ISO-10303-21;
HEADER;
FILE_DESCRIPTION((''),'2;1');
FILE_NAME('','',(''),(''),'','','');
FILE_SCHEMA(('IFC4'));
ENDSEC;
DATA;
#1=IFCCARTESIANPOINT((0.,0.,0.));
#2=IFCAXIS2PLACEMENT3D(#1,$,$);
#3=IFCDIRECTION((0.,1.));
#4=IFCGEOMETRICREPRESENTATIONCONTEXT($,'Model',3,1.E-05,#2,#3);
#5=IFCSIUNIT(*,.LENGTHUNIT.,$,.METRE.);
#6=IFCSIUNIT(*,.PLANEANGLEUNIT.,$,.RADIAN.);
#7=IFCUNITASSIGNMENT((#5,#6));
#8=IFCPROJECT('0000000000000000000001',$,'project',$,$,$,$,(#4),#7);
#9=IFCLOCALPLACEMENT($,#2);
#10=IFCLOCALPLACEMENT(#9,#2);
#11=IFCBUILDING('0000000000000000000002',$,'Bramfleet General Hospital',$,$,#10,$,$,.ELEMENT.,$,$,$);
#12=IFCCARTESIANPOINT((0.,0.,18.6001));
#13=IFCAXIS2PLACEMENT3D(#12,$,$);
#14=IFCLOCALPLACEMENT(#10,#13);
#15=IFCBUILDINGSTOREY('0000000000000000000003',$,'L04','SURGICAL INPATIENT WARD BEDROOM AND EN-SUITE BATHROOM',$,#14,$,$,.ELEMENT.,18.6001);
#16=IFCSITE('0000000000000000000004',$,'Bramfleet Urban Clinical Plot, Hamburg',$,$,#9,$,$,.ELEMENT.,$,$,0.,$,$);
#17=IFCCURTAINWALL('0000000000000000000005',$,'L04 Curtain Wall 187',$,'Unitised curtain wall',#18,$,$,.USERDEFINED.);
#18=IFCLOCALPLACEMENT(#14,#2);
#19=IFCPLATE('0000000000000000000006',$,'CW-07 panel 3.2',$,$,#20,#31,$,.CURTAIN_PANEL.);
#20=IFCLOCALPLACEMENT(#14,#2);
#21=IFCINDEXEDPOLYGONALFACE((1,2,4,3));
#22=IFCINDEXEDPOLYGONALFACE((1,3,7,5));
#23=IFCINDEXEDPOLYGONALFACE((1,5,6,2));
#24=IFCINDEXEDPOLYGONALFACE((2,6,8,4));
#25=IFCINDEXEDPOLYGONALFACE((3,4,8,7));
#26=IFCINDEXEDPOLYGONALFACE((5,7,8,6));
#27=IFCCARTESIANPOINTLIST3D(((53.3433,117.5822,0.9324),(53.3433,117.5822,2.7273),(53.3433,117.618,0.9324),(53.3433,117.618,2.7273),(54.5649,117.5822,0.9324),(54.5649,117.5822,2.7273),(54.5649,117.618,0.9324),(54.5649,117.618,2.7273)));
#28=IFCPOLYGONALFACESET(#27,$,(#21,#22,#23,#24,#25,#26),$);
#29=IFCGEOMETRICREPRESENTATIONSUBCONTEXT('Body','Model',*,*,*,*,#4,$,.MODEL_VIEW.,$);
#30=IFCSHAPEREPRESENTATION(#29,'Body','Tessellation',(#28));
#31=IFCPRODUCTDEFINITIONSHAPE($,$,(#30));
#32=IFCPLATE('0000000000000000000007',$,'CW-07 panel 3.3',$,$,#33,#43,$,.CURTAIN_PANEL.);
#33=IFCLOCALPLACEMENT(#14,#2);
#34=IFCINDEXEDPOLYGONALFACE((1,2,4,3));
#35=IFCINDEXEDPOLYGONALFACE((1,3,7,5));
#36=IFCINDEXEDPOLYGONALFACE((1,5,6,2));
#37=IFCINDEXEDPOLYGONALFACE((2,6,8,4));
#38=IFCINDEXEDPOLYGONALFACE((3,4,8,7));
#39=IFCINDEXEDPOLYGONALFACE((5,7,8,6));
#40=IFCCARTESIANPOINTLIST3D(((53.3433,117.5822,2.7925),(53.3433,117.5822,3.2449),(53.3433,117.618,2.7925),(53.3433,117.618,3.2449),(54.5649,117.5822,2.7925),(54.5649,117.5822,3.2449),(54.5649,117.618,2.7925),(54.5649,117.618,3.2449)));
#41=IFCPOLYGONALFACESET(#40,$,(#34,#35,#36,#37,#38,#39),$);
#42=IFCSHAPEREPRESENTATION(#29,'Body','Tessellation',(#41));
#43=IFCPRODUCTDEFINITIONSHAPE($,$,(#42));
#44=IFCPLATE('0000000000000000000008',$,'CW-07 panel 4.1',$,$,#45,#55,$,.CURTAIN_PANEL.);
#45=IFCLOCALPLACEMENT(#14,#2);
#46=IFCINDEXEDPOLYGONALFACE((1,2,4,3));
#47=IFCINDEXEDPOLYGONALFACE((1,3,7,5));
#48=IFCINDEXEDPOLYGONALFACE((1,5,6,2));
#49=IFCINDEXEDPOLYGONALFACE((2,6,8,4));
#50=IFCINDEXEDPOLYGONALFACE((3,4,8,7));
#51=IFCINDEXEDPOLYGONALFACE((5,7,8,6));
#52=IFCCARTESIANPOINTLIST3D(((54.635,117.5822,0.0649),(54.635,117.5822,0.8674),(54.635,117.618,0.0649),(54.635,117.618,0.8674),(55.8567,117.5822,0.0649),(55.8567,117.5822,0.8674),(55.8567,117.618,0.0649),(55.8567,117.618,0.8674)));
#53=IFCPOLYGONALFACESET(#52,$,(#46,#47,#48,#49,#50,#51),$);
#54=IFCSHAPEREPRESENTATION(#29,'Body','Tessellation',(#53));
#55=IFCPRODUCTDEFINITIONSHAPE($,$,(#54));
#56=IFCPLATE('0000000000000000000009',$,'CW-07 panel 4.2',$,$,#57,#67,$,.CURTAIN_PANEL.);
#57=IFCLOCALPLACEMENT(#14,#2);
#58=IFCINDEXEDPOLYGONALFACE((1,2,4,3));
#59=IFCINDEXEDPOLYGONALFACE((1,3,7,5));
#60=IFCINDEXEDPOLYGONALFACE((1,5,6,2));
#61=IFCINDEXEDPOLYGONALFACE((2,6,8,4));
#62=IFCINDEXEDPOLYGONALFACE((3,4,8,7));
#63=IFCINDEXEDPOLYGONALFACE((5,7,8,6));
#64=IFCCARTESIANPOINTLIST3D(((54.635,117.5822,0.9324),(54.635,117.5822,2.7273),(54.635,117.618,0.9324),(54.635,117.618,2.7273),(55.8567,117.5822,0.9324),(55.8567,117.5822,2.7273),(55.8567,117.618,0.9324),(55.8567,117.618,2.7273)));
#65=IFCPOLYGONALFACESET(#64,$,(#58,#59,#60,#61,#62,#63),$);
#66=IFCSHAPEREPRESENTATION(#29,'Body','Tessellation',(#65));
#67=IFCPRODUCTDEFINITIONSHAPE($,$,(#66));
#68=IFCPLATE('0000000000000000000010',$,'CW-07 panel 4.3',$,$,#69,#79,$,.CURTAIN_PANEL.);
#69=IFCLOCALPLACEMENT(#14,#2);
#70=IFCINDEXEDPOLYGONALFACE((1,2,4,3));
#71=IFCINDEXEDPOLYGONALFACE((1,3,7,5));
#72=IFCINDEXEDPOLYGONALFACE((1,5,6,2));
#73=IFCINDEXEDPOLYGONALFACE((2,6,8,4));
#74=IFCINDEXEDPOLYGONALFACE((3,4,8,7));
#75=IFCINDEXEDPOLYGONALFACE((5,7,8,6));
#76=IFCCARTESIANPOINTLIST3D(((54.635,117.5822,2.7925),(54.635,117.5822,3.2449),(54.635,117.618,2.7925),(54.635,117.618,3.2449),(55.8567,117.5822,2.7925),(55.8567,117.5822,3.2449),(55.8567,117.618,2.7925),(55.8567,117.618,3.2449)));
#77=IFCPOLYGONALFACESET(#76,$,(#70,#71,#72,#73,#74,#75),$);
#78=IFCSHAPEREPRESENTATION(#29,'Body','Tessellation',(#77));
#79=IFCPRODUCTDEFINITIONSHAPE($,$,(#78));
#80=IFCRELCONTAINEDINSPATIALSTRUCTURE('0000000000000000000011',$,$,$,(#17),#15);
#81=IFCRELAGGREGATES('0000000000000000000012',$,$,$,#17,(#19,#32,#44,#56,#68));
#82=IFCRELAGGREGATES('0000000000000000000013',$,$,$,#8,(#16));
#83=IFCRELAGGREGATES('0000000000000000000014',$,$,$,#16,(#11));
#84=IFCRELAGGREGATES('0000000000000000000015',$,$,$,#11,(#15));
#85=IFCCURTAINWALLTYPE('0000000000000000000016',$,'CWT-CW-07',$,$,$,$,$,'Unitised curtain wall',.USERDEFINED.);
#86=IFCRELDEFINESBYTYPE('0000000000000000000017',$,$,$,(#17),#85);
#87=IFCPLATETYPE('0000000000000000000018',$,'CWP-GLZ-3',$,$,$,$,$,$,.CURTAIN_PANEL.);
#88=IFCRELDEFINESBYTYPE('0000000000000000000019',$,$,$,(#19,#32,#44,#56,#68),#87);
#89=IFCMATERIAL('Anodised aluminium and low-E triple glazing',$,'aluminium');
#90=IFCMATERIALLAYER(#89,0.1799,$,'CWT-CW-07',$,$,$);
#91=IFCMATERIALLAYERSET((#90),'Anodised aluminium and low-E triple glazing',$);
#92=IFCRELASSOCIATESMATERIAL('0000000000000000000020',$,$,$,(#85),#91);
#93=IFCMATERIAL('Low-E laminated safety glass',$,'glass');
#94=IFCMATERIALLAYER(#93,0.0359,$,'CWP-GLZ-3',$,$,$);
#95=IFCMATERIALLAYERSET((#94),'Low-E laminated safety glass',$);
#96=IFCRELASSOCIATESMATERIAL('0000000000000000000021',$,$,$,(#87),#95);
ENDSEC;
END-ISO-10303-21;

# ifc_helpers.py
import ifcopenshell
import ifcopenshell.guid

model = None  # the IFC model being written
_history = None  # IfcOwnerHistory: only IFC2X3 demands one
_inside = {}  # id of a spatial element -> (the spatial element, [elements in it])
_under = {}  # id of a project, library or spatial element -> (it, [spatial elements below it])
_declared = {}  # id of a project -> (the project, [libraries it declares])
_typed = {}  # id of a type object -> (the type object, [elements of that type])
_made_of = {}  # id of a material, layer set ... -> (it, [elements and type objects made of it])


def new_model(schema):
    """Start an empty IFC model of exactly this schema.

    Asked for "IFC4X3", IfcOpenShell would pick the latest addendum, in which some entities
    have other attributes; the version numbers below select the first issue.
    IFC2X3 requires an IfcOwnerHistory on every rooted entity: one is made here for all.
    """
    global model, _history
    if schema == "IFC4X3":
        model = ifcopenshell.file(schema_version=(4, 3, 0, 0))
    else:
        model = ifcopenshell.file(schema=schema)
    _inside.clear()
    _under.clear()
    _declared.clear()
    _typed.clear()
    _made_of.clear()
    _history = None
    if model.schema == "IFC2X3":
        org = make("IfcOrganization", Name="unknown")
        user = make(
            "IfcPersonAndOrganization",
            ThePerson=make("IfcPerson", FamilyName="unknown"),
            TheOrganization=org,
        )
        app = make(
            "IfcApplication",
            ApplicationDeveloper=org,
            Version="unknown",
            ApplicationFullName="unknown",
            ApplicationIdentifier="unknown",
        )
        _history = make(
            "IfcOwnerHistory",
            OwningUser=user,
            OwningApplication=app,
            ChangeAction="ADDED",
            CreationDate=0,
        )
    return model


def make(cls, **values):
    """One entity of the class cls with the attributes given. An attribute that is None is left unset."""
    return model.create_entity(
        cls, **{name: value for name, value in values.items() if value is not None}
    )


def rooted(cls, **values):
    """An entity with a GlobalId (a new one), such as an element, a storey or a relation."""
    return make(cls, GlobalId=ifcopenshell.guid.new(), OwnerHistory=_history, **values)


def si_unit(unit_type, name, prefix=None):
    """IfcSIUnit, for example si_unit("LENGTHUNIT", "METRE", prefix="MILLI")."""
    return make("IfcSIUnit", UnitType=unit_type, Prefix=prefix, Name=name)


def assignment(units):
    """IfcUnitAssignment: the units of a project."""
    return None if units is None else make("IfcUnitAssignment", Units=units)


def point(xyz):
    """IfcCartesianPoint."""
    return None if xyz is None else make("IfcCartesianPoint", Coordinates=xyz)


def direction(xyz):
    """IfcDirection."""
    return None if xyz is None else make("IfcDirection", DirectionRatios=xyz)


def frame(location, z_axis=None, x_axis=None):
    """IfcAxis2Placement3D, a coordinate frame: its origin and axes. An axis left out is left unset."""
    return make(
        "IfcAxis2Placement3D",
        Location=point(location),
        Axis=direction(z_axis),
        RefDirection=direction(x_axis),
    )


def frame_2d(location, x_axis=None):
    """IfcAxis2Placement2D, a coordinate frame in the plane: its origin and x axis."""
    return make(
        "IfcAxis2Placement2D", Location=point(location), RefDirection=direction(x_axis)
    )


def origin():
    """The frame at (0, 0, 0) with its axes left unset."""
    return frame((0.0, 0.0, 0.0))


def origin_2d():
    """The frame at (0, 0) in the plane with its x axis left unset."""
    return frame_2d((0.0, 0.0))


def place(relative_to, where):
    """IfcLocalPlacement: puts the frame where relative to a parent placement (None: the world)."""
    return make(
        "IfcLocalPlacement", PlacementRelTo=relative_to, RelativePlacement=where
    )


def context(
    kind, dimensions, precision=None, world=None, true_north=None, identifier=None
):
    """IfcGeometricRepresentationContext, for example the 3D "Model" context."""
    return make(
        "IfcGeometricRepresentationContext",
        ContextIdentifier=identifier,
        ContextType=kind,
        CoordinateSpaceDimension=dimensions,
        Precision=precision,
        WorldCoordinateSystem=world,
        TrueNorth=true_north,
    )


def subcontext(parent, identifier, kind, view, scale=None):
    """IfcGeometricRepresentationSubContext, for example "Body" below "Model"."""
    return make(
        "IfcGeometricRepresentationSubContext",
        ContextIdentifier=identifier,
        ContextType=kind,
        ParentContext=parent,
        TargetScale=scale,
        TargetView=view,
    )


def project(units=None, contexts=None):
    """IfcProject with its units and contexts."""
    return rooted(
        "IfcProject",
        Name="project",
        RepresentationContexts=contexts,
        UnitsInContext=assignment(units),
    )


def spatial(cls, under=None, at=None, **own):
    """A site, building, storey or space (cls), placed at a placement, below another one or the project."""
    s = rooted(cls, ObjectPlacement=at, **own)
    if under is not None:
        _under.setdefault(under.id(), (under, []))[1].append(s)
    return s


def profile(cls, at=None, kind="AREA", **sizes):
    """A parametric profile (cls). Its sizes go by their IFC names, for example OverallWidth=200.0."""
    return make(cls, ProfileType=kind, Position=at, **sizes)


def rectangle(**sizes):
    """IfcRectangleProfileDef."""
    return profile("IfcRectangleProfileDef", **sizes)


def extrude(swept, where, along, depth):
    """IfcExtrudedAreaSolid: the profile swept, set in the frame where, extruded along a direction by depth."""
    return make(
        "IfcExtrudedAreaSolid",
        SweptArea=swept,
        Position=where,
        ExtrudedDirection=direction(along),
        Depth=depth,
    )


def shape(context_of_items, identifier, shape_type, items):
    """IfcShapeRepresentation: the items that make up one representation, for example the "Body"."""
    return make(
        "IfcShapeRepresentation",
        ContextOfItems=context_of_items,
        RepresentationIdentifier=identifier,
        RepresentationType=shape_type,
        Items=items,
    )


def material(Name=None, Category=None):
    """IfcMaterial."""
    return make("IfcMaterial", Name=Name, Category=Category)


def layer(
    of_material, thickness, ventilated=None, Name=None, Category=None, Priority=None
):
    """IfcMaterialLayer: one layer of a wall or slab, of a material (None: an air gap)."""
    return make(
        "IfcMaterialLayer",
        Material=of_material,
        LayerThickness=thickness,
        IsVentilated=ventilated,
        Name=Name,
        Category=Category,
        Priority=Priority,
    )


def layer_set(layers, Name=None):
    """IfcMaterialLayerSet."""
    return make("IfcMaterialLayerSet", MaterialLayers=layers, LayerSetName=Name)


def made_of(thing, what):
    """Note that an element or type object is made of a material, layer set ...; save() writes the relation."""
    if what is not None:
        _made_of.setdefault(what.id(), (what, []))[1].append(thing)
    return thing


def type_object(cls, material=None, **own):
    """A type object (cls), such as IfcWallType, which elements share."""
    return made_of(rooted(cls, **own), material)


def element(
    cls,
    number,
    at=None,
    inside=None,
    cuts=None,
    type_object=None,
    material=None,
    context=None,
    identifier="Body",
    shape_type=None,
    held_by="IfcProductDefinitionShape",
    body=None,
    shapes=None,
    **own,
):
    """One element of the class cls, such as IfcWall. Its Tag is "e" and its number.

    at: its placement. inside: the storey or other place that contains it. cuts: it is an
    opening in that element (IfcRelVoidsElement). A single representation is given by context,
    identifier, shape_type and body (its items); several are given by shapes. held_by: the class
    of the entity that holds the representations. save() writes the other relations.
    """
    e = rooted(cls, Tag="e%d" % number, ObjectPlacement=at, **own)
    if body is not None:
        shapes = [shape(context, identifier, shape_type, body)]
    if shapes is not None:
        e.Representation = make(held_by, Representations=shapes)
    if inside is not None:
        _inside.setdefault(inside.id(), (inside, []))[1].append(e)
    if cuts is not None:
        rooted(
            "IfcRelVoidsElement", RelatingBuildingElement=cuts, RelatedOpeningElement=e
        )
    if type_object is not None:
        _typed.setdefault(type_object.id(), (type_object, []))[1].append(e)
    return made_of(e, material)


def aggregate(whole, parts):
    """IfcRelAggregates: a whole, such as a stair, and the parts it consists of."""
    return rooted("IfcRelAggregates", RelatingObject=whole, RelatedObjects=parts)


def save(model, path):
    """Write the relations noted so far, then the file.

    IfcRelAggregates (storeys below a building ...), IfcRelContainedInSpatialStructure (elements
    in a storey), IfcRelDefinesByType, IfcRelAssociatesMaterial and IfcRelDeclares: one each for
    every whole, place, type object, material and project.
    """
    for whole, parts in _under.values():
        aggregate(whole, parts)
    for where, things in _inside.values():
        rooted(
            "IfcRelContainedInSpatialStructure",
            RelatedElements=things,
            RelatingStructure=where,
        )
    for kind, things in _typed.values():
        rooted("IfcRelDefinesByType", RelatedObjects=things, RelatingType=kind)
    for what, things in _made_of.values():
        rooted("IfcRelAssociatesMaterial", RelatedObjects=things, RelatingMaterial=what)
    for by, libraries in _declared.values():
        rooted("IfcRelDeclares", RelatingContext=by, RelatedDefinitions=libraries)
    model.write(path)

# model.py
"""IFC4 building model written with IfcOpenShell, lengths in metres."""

from ifc_helpers import new_model, si_unit, direction, frame, origin, origin_2d, place, context, subcontext, project, spatial, rectangle, extrude, material, layer, layer_set, type_object, element, aggregate, save


model = new_model("IFC4")

# Units and contexts
model_context = context("Model", 3, precision=1e-05, world=origin(), true_north=direction((0.0, 1.0)))
body_context = subcontext(model_context, "Body", "Model", "MODEL_VIEW")
ifc_project = project(units=[si_unit("LENGTHUNIT", "METRE"), si_unit("PLANEANGLEUNIT", "RADIAN")], contexts=[model_context])

# Site, building, storey
site_placement = place(None, origin())
site = spatial("IfcSite", under=ifc_project, at=site_placement, Name="Bramfleet Urban Clinical Plot, Hamburg", CompositionType="ELEMENT", RefElevation=0.0)
building_placement = place(site_placement, origin())
building = spatial("IfcBuilding", under=site, at=building_placement, Name="Bramfleet General Hospital", CompositionType="ELEMENT")
storey_placement = place(building_placement, frame((0.0, 0.0, 18.6001)))
storey = spatial("IfcBuildingStorey", under=building, at=storey_placement, Name="L04", Description="SURGICAL INPATIENT WARD BEDROOM AND EN-SUITE BATHROOM", CompositionType="ELEMENT", Elevation=18.6001)

# Curtain wall, plates
ifc_material_1 = material(Name="Anodised aluminium and low-E triple glazing", Category="aluminium")
ifc_layer_1 = layer(ifc_material_1, 0.1799, Name="CWT-CW-07")
ifc_layer_set_1 = layer_set([ifc_layer_1], Name="Anodised aluminium and low-E triple glazing")
curtain_wall_type = type_object("IfcCurtainWallType", Name="CWT-CW-07", ElementType="Unitised curtain wall", PredefinedType="USERDEFINED", material=ifc_layer_set_1)
curtain_wall_placement = place(storey_placement, origin())
curtain_wall = element("IfcCurtainWall", 1, at=curtain_wall_placement, inside=storey, type_object=curtain_wall_type, Name="L04 Curtain Wall 187", ObjectType="Unitised curtain wall", PredefinedType="USERDEFINED")
ifc_material_2 = material(Name="Low-E laminated safety glass", Category="glass")
ifc_layer_2 = layer(ifc_material_2, 0.0359, Name="CWP-GLZ-3")
ifc_layer_set_2 = layer_set([ifc_layer_2], Name="Low-E laminated safety glass")
plate_type = type_object("IfcPlateType", Name="CWP-GLZ-3", PredefinedType="CURTAIN_PANEL", material=ifc_layer_set_2)
plate_1_placement = place(storey_placement, frame((53.9541, 117.6001, 0.9324), z_axis=(0.0, 0.0, 1.0), x_axis=(1.0, 0.0, 0.0)))
plate_1 = element("IfcPlate", 2, at=plate_1_placement, type_object=plate_type, Name="CW-07 panel 3.2", PredefinedType="CURTAIN_PANEL", context=body_context, shape_type="SweptSolid", body=[
    extrude(rectangle(XDim=1.2217, YDim=0.0359, at=origin_2d()), origin(), (0.0, 0.0, 1.0), 1.7949),
])
plate_2_placement = place(storey_placement, frame((53.9541, 117.6001, 2.7925), z_axis=(0.0, 0.0, 1.0), x_axis=(1.0, 0.0, 0.0)))
plate_2 = element("IfcPlate", 3, at=plate_2_placement, type_object=plate_type, Name="CW-07 panel 3.3", PredefinedType="CURTAIN_PANEL", context=body_context, shape_type="SweptSolid", body=[
    extrude(rectangle(XDim=1.2217, YDim=0.0359, at=origin_2d()), origin(), (0.0, 0.0, 1.0), 0.4524),
])
plate_3_placement = place(storey_placement, frame((55.2458, 117.6001, 0.0649), z_axis=(0.0, 0.0, 1.0), x_axis=(1.0, 0.0, 0.0)))
plate_3 = element("IfcPlate", 4, at=plate_3_placement, type_object=plate_type, Name="CW-07 panel 4.1", PredefinedType="CURTAIN_PANEL", context=body_context, shape_type="SweptSolid", body=[
    extrude(rectangle(XDim=1.2217, YDim=0.0359, at=origin_2d()), origin(), (0.0, 0.0, 1.0), 0.8025),
])
plate_4_placement = place(storey_placement, frame((55.2458, 117.6001, 0.9324), z_axis=(0.0, 0.0, 1.0), x_axis=(1.0, 0.0, 0.0)))
plate_4 = element("IfcPlate", 5, at=plate_4_placement, type_object=plate_type, Name="CW-07 panel 4.2", PredefinedType="CURTAIN_PANEL", context=body_context, shape_type="SweptSolid", body=[
    extrude(rectangle(XDim=1.2217, YDim=0.0359, at=origin_2d()), origin(), (0.0, 0.0, 1.0), 1.7949),
])
plate_5_placement = place(storey_placement, frame((55.2458, 117.6001, 2.7925), z_axis=(0.0, 0.0, 1.0), x_axis=(1.0, 0.0, 0.0)))
plate_5 = element("IfcPlate", 6, at=plate_5_placement, type_object=plate_type, Name="CW-07 panel 4.3", PredefinedType="CURTAIN_PANEL", context=body_context, shape_type="SweptSolid", body=[
    extrude(rectangle(XDim=1.2217, YDim=0.0359, at=origin_2d()), origin(), (0.0, 0.0, 1.0), 0.4524),
])
aggregate(curtain_wall, [plate_1, plate_2, plate_3, plate_4, plate_5])

save(model, "model.ifc")
